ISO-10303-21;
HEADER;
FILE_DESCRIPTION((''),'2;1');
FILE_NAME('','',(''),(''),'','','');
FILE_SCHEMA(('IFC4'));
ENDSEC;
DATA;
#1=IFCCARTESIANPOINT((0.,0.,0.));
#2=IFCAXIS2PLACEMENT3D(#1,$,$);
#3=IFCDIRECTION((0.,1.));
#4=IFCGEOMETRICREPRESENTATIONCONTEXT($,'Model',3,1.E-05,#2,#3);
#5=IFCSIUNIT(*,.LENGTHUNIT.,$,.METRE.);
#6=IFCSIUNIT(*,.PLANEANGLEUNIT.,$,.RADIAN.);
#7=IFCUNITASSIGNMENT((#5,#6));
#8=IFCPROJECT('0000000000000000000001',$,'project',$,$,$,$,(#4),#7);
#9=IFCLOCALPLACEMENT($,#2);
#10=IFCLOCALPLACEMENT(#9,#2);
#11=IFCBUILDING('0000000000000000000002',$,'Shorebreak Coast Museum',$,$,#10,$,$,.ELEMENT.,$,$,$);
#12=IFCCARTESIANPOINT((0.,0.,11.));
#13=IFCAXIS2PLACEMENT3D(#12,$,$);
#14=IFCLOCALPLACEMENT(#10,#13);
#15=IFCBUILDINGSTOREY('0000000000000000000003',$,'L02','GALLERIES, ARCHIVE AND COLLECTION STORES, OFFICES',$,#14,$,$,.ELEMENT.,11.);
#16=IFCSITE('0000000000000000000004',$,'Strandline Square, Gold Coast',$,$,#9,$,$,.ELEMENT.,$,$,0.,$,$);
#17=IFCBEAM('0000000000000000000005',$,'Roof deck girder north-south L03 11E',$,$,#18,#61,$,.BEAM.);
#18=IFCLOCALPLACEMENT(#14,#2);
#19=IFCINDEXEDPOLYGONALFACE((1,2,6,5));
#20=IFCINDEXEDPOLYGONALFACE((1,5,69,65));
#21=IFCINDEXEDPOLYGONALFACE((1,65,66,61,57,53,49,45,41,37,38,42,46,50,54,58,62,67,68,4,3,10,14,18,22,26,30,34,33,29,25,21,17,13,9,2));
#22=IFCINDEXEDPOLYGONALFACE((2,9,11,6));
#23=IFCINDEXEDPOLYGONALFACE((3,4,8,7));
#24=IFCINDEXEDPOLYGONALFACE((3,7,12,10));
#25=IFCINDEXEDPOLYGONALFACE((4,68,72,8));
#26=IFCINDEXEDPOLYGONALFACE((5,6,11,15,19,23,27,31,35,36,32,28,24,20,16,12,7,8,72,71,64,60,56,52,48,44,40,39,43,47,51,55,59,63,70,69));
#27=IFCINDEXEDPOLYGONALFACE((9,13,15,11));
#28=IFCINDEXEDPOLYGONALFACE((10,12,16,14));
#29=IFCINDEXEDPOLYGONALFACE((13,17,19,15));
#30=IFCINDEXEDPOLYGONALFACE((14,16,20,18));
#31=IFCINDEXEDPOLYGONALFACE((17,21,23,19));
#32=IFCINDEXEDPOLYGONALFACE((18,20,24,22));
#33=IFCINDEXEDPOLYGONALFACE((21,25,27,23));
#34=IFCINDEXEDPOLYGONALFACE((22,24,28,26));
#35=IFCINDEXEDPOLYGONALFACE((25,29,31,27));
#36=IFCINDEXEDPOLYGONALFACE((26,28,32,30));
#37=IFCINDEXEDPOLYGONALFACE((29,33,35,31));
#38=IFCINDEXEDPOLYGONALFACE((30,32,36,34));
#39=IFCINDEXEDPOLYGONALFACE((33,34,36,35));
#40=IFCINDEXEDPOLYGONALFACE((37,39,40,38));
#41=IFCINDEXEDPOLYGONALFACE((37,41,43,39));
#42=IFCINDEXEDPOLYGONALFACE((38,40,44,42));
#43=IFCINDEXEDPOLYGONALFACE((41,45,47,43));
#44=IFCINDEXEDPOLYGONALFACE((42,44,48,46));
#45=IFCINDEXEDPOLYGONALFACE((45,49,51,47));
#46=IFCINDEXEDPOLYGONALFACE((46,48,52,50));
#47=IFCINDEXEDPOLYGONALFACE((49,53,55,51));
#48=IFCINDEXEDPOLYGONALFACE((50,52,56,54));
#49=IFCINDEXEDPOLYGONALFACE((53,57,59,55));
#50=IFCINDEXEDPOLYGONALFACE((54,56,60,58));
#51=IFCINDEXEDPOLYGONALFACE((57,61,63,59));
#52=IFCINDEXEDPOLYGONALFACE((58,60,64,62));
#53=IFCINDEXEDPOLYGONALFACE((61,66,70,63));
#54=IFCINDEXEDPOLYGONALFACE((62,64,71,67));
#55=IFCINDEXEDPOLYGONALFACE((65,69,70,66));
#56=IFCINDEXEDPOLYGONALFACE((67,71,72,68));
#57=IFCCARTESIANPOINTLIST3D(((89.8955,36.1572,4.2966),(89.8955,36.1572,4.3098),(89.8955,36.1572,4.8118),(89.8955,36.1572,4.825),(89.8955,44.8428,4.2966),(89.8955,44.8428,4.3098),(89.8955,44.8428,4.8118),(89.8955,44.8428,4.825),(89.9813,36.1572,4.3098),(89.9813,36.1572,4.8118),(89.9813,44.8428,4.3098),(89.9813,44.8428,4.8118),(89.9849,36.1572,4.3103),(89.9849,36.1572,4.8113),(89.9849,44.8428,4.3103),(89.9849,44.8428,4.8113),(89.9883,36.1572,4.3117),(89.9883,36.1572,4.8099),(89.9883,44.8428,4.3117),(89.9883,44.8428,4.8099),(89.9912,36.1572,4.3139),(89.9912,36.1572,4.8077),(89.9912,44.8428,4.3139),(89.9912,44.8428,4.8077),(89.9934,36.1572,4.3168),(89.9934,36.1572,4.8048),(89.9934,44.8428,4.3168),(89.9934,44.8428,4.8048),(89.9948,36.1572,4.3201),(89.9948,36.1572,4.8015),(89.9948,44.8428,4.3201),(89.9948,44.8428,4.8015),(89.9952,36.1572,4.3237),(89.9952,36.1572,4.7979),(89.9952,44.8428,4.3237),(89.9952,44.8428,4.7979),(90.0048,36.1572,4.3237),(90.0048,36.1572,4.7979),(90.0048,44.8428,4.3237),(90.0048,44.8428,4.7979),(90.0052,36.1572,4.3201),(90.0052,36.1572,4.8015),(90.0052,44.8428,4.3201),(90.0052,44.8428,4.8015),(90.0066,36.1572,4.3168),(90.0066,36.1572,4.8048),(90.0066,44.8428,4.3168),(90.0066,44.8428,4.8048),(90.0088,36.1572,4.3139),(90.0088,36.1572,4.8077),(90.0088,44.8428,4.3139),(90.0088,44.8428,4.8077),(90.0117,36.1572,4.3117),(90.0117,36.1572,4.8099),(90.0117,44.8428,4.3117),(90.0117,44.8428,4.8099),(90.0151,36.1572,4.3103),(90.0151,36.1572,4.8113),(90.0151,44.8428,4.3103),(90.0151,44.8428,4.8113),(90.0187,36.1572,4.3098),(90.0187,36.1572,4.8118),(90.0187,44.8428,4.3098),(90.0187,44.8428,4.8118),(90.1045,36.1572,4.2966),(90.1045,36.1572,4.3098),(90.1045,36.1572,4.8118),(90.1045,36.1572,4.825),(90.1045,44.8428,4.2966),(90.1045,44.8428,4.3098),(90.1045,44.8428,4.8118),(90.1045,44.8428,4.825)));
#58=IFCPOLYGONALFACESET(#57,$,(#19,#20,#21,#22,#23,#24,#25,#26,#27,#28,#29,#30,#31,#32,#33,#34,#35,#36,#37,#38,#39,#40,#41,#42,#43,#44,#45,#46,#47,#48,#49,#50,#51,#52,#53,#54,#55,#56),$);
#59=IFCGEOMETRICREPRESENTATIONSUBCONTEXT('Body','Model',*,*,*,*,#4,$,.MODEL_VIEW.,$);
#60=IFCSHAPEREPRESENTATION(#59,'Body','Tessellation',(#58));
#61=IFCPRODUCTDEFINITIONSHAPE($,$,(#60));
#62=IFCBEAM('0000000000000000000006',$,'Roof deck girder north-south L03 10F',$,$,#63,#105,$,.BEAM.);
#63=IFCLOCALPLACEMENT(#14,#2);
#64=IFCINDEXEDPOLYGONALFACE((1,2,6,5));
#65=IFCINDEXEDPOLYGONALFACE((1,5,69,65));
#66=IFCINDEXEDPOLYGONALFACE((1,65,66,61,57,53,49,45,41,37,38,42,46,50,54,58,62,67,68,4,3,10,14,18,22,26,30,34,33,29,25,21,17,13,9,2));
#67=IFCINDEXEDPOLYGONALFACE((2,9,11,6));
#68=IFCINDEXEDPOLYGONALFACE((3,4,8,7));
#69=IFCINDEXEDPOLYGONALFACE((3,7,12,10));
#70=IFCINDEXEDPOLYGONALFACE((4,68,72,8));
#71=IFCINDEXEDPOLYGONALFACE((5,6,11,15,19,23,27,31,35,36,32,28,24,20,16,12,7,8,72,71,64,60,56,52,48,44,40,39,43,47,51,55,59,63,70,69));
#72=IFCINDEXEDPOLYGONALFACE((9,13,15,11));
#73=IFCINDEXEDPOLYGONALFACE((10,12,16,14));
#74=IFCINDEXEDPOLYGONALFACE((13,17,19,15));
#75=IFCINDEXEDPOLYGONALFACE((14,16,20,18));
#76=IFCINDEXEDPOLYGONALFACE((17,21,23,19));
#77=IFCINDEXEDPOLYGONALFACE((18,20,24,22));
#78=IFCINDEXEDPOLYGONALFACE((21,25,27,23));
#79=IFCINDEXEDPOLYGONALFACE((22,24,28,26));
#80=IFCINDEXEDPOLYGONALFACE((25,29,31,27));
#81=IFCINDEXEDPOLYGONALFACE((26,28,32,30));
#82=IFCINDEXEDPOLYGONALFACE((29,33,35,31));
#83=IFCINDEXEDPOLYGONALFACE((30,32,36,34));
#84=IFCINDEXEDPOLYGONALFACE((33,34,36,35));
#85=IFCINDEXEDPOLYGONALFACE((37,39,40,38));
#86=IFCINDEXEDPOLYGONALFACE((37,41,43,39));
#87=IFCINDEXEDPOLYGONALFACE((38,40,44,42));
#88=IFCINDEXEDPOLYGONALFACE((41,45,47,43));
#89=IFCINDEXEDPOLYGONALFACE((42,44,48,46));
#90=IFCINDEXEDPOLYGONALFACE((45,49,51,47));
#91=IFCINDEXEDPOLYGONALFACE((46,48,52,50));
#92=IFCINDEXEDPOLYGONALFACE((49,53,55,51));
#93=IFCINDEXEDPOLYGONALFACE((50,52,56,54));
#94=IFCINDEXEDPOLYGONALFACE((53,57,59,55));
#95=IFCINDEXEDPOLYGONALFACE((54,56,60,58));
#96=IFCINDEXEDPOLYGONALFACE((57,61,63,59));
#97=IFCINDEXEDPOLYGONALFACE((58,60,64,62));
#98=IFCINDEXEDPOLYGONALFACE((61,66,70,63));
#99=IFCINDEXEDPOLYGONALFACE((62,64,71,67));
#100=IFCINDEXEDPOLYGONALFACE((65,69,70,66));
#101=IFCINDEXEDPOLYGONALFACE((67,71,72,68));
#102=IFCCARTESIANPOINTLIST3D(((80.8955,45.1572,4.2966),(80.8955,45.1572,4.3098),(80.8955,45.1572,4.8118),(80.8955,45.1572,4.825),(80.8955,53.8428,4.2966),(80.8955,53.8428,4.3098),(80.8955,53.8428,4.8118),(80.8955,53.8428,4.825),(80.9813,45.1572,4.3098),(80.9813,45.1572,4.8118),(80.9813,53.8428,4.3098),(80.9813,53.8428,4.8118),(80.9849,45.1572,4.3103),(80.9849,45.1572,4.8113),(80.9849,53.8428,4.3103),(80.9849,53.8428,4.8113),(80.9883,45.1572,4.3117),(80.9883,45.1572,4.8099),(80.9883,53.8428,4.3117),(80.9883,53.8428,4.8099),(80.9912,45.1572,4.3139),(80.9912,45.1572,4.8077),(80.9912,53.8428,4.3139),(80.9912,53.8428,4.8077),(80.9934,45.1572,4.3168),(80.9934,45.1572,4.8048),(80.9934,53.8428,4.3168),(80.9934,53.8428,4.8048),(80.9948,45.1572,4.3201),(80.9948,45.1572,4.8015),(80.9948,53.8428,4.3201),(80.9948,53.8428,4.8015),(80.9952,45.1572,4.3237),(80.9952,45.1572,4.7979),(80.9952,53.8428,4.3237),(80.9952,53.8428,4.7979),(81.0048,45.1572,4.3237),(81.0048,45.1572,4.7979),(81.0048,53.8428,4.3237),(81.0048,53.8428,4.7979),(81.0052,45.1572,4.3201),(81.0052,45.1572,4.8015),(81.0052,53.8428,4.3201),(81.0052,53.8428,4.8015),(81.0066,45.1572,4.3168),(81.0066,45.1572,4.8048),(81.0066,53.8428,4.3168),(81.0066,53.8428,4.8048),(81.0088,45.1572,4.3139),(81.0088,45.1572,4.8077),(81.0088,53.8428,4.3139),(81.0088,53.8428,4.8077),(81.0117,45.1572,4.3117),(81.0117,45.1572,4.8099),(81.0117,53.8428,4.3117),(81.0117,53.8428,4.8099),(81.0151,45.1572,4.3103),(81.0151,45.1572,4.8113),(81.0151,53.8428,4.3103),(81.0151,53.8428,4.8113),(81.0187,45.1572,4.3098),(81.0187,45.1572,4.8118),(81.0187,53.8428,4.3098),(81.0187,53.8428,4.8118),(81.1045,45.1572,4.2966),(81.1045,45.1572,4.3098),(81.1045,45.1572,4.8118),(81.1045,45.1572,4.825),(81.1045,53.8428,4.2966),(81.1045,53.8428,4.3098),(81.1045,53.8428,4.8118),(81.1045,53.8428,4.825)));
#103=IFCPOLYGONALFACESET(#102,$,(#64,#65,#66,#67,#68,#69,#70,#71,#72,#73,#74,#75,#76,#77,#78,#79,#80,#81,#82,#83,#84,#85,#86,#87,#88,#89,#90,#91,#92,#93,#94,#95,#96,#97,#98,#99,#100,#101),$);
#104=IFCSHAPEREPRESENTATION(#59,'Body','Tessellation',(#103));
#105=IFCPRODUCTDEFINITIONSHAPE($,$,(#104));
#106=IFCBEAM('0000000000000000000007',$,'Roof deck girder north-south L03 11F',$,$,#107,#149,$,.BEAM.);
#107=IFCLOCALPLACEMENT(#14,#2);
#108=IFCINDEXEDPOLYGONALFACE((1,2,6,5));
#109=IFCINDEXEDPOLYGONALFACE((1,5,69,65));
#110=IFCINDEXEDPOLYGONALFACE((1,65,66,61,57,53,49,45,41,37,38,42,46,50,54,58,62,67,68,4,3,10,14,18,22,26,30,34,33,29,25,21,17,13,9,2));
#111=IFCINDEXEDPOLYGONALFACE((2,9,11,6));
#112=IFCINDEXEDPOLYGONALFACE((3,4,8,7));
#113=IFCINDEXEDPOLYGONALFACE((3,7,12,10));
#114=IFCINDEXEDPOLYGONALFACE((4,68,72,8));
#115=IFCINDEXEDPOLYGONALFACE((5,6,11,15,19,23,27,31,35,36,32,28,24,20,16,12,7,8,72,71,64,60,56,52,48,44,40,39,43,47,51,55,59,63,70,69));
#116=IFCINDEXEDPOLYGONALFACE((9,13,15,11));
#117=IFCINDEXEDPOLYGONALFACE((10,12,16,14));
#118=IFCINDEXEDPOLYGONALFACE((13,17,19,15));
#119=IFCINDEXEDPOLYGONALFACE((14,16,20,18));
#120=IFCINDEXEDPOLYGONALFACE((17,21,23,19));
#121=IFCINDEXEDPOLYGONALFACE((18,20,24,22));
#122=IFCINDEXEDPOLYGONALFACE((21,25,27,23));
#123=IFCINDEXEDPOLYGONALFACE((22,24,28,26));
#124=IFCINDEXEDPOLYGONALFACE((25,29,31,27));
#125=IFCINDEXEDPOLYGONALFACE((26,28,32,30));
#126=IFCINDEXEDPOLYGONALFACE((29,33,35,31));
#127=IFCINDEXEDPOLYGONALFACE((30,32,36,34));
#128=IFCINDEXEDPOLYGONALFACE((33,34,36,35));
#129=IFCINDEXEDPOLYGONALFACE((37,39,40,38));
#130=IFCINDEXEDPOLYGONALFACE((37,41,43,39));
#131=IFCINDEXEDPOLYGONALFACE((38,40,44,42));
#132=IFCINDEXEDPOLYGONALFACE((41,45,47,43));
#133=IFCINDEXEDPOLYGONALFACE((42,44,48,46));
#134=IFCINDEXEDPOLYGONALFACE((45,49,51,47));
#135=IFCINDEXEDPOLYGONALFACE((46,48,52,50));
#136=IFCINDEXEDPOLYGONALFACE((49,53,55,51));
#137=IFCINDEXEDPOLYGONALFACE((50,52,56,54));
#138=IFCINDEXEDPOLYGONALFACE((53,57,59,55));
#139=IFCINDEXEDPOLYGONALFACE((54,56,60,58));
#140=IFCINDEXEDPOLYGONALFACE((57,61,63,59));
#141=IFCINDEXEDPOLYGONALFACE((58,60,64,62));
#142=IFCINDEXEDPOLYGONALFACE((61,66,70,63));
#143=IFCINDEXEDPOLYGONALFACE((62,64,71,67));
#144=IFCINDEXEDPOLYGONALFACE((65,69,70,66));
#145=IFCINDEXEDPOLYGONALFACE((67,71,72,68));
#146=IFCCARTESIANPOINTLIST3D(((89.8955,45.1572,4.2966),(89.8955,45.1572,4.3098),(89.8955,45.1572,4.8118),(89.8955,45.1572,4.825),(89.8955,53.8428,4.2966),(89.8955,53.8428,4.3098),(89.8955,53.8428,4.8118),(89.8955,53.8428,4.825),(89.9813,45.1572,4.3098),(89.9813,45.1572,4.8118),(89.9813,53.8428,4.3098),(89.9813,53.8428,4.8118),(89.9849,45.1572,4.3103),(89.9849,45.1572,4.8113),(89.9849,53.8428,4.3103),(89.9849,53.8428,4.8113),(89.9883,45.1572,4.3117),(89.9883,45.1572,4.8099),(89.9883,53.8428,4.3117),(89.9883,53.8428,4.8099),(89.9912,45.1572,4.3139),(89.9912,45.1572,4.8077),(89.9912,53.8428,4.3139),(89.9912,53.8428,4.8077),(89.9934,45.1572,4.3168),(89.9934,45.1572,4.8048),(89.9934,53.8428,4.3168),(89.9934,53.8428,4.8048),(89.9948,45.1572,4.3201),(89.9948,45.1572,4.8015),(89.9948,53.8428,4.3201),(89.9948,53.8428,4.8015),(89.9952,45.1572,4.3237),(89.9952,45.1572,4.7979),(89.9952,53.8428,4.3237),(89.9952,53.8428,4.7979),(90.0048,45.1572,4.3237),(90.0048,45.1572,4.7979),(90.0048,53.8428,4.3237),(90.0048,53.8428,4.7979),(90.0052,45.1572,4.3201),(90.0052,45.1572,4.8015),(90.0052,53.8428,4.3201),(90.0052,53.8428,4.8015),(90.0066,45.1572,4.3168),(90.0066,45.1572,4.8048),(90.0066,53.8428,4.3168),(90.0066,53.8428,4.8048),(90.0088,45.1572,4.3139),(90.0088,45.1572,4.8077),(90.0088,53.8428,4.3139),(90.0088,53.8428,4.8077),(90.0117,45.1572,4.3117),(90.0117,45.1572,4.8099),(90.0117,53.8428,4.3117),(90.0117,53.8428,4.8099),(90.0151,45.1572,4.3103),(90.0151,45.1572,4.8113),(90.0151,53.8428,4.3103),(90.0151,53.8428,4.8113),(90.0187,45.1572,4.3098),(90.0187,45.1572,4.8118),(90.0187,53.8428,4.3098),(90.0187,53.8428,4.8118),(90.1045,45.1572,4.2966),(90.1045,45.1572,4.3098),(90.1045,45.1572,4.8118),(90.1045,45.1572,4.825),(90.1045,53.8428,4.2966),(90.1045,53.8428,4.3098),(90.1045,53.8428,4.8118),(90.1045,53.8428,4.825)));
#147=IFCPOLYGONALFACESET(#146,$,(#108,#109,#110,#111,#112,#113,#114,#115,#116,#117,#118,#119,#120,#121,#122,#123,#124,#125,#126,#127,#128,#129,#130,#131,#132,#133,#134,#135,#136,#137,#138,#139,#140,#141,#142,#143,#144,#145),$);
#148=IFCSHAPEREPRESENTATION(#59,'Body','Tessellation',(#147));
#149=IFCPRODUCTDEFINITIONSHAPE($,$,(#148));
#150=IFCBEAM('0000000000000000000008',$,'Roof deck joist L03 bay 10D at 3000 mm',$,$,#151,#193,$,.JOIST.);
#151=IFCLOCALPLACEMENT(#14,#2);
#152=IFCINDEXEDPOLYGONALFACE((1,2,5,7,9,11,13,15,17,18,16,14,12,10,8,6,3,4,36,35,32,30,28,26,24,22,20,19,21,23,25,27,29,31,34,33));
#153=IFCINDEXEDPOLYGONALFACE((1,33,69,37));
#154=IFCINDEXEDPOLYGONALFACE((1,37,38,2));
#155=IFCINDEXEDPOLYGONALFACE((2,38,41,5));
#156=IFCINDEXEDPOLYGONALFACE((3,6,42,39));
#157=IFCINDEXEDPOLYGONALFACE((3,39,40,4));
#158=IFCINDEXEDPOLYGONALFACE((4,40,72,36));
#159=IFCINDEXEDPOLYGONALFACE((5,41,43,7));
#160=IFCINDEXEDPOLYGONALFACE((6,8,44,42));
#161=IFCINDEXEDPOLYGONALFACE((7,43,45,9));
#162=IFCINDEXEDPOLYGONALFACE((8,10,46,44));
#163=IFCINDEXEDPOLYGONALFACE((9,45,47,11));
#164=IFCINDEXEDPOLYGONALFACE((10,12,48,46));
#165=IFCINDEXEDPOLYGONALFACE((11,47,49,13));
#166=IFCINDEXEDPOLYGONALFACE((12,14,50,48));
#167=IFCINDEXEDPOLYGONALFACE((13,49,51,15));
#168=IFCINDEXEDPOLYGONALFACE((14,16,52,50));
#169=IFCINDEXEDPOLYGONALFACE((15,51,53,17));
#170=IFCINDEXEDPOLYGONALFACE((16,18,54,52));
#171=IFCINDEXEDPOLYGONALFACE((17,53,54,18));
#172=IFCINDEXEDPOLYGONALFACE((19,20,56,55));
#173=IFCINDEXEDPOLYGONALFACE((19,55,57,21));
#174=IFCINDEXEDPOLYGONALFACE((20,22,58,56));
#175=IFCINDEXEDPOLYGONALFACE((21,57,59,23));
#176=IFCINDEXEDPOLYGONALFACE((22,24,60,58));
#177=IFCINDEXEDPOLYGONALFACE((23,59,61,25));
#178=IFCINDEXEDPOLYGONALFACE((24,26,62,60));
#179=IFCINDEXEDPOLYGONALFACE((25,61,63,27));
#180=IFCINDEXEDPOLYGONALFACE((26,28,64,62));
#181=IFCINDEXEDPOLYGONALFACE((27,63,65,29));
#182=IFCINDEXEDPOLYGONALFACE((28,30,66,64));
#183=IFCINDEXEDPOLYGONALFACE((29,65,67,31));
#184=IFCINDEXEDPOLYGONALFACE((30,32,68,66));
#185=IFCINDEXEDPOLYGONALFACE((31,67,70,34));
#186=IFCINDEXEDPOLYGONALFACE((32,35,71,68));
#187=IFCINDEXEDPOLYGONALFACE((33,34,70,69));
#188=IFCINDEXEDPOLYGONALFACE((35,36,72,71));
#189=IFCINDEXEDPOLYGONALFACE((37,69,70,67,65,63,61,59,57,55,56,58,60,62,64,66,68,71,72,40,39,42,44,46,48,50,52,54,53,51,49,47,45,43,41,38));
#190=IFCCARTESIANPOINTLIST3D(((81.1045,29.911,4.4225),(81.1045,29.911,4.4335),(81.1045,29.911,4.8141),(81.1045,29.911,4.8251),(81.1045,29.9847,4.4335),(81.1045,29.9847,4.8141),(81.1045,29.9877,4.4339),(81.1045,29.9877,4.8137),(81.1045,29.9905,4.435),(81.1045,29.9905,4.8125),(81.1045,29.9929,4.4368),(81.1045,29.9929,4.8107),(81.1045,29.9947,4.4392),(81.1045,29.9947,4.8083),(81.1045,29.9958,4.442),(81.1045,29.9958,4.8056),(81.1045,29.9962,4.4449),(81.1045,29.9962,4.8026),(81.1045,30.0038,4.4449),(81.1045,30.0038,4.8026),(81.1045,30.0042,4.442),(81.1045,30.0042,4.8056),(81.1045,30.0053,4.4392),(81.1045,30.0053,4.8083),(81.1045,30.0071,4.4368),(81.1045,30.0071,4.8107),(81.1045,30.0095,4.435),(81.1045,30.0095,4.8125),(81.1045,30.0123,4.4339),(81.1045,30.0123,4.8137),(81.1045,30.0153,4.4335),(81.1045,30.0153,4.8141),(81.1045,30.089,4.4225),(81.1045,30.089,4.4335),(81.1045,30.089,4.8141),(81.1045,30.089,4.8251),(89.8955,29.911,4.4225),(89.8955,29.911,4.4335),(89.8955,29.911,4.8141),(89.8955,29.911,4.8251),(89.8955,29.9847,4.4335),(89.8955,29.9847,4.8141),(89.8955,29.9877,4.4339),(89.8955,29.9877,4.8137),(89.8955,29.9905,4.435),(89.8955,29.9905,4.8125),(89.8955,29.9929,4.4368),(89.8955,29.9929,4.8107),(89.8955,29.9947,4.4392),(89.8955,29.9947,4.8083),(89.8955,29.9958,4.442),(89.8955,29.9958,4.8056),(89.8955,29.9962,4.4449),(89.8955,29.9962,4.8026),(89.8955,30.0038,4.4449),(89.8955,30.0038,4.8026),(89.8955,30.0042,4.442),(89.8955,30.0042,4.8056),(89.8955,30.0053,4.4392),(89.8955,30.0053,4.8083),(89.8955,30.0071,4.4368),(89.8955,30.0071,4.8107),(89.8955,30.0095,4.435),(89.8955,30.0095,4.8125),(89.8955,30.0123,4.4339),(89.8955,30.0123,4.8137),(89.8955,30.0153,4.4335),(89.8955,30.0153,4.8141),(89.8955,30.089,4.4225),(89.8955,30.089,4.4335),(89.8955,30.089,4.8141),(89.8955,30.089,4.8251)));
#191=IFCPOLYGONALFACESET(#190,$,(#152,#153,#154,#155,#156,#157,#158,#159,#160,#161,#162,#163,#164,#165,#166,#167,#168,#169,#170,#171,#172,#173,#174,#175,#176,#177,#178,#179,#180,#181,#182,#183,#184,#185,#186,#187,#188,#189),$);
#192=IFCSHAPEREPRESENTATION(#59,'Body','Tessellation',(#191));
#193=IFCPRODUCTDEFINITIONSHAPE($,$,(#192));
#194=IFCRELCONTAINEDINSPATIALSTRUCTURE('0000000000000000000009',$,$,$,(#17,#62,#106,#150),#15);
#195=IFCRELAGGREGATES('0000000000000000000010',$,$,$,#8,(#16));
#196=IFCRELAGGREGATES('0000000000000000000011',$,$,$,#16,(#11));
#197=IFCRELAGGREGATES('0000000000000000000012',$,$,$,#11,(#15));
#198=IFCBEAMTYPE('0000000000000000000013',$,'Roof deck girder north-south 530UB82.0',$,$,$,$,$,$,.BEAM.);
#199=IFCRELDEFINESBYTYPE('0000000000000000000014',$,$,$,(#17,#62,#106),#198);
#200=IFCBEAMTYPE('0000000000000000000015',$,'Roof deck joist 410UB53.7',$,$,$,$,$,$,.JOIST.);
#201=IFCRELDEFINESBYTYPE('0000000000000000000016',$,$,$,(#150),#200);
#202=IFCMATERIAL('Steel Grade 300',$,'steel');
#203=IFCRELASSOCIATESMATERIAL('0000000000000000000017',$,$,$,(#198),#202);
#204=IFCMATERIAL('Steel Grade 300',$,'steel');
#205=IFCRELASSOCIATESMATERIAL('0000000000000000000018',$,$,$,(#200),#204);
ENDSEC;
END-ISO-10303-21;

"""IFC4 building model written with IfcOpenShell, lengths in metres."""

from ifc_helpers import new_model, si_unit, direction, frame, origin, origin_2d, place, context, subcontext, project, spatial, i_section, extrude, material, material_profile, profile_set, type_object, element, save


model = new_model("IFC4")

# Units and contexts
model_context = context("Model", 3, precision=1e-05, world=origin(), true_north=direction((0.0, 1.0)))
body_context = subcontext(model_context, "Body", "Model", "MODEL_VIEW")
ifc_project = project(units=[si_unit("LENGTHUNIT", "METRE"), si_unit("PLANEANGLEUNIT", "RADIAN")], contexts=[model_context])

# Site, building, storey
site_placement = place(None, origin())
site = spatial("IfcSite", under=ifc_project, at=site_placement, Name="Strandline Square, Gold Coast", CompositionType="ELEMENT", RefElevation=0.0)
building_placement = place(site_placement, origin())
building = spatial("IfcBuilding", under=site, at=building_placement, Name="Shorebreak Coast Museum", CompositionType="ELEMENT")
storey_placement = place(building_placement, frame((0.0, 0.0, 11.0)))
storey = spatial("IfcBuildingStorey", under=building, at=storey_placement, Name="L02", Description="GALLERIES, ARCHIVE AND COLLECTION STORES, OFFICES", CompositionType="ELEMENT", Elevation=11.0)

# Beams
ifc_material_1 = material(Name="Steel Grade 300", Category="steel")
ifc_material_profile_1 = material_profile(ifc_material_1, i_section(OverallWidth=0.209, OverallDepth=0.5283, WebThickness=0.0095, FlangeThickness=0.0132, FilletRadius=0.0139, at=origin_2d()), Name="530UB82.0")
ifc_profile_set_1 = profile_set([ifc_material_profile_1], Name="Steel Grade 300")
beam_type_1 = type_object("IfcBeamType", Name="Roof deck girder north-south 530UB82.0", PredefinedType="BEAM", material=ifc_profile_set_1)
for number, where, z_axis, x_axis, name in (
    (1, (90.0, 36.1572, 4.5608), (0.0, 1.0, 0.0), (-1.0, 0.0, 0.0), "Roof deck girder north-south L03 11E"),
    (2, (81.0, 45.1572, 4.5608), (0.0, 1.0, 0.0), (-1.0, 0.0, 0.0), "Roof deck girder north-south L03 10F"),
    (3, (90.0, 45.1572, 4.5608), (0.0, 1.0, 0.0), (-1.0, 0.0, 0.0), "Roof deck girder north-south L03 11F"),
):
    element("IfcBeam", number, at=place(storey_placement, frame(where, z_axis=z_axis, x_axis=x_axis)), inside=storey, type_object=beam_type_1, Name=name, PredefinedType="BEAM", context=body_context, shape_type="SweptSolid", body=[
        extrude(i_section(OverallWidth=0.209, OverallDepth=0.5283, WebThickness=0.0095, FlangeThickness=0.0132, FilletRadius=0.0139, at=origin_2d()), origin(), (0.0, 0.0, 1.0), 8.6855),
    ])
ifc_material_2 = material(Name="Steel Grade 300", Category="steel")
ifc_material_profile_2 = material_profile(ifc_material_2, i_section(OverallWidth=0.178, OverallDepth=0.4026, WebThickness=0.0076, FlangeThickness=0.011, FilletRadius=0.0115, at=origin_2d()), Name="410UB53.7")
ifc_profile_set_2 = profile_set([ifc_material_profile_2], Name="Steel Grade 300")
beam_type_2 = type_object("IfcBeamType", Name="Roof deck joist 410UB53.7", PredefinedType="JOIST", material=ifc_profile_set_2)
for number, where, z_axis, x_axis, name in (
    (4, (81.1045, 30.0, 4.6238), (1.0, 0.0, 0.0), (0.0, 1.0, 0.0), "Roof deck joist L03 bay 10D at 3000 mm"),
):
    element("IfcBeam", number, at=place(storey_placement, frame(where, z_axis=z_axis, x_axis=x_axis)), inside=storey, type_object=beam_type_2, Name=name, PredefinedType="JOIST", context=body_context, shape_type="SweptSolid", body=[
        extrude(i_section(OverallWidth=0.178, OverallDepth=0.4026, WebThickness=0.0076, FlangeThickness=0.011, FilletRadius=0.0115, at=origin_2d()), origin(), (0.0, 0.0, 1.0), 8.791),
    ])

save(model, "model.ifc")
